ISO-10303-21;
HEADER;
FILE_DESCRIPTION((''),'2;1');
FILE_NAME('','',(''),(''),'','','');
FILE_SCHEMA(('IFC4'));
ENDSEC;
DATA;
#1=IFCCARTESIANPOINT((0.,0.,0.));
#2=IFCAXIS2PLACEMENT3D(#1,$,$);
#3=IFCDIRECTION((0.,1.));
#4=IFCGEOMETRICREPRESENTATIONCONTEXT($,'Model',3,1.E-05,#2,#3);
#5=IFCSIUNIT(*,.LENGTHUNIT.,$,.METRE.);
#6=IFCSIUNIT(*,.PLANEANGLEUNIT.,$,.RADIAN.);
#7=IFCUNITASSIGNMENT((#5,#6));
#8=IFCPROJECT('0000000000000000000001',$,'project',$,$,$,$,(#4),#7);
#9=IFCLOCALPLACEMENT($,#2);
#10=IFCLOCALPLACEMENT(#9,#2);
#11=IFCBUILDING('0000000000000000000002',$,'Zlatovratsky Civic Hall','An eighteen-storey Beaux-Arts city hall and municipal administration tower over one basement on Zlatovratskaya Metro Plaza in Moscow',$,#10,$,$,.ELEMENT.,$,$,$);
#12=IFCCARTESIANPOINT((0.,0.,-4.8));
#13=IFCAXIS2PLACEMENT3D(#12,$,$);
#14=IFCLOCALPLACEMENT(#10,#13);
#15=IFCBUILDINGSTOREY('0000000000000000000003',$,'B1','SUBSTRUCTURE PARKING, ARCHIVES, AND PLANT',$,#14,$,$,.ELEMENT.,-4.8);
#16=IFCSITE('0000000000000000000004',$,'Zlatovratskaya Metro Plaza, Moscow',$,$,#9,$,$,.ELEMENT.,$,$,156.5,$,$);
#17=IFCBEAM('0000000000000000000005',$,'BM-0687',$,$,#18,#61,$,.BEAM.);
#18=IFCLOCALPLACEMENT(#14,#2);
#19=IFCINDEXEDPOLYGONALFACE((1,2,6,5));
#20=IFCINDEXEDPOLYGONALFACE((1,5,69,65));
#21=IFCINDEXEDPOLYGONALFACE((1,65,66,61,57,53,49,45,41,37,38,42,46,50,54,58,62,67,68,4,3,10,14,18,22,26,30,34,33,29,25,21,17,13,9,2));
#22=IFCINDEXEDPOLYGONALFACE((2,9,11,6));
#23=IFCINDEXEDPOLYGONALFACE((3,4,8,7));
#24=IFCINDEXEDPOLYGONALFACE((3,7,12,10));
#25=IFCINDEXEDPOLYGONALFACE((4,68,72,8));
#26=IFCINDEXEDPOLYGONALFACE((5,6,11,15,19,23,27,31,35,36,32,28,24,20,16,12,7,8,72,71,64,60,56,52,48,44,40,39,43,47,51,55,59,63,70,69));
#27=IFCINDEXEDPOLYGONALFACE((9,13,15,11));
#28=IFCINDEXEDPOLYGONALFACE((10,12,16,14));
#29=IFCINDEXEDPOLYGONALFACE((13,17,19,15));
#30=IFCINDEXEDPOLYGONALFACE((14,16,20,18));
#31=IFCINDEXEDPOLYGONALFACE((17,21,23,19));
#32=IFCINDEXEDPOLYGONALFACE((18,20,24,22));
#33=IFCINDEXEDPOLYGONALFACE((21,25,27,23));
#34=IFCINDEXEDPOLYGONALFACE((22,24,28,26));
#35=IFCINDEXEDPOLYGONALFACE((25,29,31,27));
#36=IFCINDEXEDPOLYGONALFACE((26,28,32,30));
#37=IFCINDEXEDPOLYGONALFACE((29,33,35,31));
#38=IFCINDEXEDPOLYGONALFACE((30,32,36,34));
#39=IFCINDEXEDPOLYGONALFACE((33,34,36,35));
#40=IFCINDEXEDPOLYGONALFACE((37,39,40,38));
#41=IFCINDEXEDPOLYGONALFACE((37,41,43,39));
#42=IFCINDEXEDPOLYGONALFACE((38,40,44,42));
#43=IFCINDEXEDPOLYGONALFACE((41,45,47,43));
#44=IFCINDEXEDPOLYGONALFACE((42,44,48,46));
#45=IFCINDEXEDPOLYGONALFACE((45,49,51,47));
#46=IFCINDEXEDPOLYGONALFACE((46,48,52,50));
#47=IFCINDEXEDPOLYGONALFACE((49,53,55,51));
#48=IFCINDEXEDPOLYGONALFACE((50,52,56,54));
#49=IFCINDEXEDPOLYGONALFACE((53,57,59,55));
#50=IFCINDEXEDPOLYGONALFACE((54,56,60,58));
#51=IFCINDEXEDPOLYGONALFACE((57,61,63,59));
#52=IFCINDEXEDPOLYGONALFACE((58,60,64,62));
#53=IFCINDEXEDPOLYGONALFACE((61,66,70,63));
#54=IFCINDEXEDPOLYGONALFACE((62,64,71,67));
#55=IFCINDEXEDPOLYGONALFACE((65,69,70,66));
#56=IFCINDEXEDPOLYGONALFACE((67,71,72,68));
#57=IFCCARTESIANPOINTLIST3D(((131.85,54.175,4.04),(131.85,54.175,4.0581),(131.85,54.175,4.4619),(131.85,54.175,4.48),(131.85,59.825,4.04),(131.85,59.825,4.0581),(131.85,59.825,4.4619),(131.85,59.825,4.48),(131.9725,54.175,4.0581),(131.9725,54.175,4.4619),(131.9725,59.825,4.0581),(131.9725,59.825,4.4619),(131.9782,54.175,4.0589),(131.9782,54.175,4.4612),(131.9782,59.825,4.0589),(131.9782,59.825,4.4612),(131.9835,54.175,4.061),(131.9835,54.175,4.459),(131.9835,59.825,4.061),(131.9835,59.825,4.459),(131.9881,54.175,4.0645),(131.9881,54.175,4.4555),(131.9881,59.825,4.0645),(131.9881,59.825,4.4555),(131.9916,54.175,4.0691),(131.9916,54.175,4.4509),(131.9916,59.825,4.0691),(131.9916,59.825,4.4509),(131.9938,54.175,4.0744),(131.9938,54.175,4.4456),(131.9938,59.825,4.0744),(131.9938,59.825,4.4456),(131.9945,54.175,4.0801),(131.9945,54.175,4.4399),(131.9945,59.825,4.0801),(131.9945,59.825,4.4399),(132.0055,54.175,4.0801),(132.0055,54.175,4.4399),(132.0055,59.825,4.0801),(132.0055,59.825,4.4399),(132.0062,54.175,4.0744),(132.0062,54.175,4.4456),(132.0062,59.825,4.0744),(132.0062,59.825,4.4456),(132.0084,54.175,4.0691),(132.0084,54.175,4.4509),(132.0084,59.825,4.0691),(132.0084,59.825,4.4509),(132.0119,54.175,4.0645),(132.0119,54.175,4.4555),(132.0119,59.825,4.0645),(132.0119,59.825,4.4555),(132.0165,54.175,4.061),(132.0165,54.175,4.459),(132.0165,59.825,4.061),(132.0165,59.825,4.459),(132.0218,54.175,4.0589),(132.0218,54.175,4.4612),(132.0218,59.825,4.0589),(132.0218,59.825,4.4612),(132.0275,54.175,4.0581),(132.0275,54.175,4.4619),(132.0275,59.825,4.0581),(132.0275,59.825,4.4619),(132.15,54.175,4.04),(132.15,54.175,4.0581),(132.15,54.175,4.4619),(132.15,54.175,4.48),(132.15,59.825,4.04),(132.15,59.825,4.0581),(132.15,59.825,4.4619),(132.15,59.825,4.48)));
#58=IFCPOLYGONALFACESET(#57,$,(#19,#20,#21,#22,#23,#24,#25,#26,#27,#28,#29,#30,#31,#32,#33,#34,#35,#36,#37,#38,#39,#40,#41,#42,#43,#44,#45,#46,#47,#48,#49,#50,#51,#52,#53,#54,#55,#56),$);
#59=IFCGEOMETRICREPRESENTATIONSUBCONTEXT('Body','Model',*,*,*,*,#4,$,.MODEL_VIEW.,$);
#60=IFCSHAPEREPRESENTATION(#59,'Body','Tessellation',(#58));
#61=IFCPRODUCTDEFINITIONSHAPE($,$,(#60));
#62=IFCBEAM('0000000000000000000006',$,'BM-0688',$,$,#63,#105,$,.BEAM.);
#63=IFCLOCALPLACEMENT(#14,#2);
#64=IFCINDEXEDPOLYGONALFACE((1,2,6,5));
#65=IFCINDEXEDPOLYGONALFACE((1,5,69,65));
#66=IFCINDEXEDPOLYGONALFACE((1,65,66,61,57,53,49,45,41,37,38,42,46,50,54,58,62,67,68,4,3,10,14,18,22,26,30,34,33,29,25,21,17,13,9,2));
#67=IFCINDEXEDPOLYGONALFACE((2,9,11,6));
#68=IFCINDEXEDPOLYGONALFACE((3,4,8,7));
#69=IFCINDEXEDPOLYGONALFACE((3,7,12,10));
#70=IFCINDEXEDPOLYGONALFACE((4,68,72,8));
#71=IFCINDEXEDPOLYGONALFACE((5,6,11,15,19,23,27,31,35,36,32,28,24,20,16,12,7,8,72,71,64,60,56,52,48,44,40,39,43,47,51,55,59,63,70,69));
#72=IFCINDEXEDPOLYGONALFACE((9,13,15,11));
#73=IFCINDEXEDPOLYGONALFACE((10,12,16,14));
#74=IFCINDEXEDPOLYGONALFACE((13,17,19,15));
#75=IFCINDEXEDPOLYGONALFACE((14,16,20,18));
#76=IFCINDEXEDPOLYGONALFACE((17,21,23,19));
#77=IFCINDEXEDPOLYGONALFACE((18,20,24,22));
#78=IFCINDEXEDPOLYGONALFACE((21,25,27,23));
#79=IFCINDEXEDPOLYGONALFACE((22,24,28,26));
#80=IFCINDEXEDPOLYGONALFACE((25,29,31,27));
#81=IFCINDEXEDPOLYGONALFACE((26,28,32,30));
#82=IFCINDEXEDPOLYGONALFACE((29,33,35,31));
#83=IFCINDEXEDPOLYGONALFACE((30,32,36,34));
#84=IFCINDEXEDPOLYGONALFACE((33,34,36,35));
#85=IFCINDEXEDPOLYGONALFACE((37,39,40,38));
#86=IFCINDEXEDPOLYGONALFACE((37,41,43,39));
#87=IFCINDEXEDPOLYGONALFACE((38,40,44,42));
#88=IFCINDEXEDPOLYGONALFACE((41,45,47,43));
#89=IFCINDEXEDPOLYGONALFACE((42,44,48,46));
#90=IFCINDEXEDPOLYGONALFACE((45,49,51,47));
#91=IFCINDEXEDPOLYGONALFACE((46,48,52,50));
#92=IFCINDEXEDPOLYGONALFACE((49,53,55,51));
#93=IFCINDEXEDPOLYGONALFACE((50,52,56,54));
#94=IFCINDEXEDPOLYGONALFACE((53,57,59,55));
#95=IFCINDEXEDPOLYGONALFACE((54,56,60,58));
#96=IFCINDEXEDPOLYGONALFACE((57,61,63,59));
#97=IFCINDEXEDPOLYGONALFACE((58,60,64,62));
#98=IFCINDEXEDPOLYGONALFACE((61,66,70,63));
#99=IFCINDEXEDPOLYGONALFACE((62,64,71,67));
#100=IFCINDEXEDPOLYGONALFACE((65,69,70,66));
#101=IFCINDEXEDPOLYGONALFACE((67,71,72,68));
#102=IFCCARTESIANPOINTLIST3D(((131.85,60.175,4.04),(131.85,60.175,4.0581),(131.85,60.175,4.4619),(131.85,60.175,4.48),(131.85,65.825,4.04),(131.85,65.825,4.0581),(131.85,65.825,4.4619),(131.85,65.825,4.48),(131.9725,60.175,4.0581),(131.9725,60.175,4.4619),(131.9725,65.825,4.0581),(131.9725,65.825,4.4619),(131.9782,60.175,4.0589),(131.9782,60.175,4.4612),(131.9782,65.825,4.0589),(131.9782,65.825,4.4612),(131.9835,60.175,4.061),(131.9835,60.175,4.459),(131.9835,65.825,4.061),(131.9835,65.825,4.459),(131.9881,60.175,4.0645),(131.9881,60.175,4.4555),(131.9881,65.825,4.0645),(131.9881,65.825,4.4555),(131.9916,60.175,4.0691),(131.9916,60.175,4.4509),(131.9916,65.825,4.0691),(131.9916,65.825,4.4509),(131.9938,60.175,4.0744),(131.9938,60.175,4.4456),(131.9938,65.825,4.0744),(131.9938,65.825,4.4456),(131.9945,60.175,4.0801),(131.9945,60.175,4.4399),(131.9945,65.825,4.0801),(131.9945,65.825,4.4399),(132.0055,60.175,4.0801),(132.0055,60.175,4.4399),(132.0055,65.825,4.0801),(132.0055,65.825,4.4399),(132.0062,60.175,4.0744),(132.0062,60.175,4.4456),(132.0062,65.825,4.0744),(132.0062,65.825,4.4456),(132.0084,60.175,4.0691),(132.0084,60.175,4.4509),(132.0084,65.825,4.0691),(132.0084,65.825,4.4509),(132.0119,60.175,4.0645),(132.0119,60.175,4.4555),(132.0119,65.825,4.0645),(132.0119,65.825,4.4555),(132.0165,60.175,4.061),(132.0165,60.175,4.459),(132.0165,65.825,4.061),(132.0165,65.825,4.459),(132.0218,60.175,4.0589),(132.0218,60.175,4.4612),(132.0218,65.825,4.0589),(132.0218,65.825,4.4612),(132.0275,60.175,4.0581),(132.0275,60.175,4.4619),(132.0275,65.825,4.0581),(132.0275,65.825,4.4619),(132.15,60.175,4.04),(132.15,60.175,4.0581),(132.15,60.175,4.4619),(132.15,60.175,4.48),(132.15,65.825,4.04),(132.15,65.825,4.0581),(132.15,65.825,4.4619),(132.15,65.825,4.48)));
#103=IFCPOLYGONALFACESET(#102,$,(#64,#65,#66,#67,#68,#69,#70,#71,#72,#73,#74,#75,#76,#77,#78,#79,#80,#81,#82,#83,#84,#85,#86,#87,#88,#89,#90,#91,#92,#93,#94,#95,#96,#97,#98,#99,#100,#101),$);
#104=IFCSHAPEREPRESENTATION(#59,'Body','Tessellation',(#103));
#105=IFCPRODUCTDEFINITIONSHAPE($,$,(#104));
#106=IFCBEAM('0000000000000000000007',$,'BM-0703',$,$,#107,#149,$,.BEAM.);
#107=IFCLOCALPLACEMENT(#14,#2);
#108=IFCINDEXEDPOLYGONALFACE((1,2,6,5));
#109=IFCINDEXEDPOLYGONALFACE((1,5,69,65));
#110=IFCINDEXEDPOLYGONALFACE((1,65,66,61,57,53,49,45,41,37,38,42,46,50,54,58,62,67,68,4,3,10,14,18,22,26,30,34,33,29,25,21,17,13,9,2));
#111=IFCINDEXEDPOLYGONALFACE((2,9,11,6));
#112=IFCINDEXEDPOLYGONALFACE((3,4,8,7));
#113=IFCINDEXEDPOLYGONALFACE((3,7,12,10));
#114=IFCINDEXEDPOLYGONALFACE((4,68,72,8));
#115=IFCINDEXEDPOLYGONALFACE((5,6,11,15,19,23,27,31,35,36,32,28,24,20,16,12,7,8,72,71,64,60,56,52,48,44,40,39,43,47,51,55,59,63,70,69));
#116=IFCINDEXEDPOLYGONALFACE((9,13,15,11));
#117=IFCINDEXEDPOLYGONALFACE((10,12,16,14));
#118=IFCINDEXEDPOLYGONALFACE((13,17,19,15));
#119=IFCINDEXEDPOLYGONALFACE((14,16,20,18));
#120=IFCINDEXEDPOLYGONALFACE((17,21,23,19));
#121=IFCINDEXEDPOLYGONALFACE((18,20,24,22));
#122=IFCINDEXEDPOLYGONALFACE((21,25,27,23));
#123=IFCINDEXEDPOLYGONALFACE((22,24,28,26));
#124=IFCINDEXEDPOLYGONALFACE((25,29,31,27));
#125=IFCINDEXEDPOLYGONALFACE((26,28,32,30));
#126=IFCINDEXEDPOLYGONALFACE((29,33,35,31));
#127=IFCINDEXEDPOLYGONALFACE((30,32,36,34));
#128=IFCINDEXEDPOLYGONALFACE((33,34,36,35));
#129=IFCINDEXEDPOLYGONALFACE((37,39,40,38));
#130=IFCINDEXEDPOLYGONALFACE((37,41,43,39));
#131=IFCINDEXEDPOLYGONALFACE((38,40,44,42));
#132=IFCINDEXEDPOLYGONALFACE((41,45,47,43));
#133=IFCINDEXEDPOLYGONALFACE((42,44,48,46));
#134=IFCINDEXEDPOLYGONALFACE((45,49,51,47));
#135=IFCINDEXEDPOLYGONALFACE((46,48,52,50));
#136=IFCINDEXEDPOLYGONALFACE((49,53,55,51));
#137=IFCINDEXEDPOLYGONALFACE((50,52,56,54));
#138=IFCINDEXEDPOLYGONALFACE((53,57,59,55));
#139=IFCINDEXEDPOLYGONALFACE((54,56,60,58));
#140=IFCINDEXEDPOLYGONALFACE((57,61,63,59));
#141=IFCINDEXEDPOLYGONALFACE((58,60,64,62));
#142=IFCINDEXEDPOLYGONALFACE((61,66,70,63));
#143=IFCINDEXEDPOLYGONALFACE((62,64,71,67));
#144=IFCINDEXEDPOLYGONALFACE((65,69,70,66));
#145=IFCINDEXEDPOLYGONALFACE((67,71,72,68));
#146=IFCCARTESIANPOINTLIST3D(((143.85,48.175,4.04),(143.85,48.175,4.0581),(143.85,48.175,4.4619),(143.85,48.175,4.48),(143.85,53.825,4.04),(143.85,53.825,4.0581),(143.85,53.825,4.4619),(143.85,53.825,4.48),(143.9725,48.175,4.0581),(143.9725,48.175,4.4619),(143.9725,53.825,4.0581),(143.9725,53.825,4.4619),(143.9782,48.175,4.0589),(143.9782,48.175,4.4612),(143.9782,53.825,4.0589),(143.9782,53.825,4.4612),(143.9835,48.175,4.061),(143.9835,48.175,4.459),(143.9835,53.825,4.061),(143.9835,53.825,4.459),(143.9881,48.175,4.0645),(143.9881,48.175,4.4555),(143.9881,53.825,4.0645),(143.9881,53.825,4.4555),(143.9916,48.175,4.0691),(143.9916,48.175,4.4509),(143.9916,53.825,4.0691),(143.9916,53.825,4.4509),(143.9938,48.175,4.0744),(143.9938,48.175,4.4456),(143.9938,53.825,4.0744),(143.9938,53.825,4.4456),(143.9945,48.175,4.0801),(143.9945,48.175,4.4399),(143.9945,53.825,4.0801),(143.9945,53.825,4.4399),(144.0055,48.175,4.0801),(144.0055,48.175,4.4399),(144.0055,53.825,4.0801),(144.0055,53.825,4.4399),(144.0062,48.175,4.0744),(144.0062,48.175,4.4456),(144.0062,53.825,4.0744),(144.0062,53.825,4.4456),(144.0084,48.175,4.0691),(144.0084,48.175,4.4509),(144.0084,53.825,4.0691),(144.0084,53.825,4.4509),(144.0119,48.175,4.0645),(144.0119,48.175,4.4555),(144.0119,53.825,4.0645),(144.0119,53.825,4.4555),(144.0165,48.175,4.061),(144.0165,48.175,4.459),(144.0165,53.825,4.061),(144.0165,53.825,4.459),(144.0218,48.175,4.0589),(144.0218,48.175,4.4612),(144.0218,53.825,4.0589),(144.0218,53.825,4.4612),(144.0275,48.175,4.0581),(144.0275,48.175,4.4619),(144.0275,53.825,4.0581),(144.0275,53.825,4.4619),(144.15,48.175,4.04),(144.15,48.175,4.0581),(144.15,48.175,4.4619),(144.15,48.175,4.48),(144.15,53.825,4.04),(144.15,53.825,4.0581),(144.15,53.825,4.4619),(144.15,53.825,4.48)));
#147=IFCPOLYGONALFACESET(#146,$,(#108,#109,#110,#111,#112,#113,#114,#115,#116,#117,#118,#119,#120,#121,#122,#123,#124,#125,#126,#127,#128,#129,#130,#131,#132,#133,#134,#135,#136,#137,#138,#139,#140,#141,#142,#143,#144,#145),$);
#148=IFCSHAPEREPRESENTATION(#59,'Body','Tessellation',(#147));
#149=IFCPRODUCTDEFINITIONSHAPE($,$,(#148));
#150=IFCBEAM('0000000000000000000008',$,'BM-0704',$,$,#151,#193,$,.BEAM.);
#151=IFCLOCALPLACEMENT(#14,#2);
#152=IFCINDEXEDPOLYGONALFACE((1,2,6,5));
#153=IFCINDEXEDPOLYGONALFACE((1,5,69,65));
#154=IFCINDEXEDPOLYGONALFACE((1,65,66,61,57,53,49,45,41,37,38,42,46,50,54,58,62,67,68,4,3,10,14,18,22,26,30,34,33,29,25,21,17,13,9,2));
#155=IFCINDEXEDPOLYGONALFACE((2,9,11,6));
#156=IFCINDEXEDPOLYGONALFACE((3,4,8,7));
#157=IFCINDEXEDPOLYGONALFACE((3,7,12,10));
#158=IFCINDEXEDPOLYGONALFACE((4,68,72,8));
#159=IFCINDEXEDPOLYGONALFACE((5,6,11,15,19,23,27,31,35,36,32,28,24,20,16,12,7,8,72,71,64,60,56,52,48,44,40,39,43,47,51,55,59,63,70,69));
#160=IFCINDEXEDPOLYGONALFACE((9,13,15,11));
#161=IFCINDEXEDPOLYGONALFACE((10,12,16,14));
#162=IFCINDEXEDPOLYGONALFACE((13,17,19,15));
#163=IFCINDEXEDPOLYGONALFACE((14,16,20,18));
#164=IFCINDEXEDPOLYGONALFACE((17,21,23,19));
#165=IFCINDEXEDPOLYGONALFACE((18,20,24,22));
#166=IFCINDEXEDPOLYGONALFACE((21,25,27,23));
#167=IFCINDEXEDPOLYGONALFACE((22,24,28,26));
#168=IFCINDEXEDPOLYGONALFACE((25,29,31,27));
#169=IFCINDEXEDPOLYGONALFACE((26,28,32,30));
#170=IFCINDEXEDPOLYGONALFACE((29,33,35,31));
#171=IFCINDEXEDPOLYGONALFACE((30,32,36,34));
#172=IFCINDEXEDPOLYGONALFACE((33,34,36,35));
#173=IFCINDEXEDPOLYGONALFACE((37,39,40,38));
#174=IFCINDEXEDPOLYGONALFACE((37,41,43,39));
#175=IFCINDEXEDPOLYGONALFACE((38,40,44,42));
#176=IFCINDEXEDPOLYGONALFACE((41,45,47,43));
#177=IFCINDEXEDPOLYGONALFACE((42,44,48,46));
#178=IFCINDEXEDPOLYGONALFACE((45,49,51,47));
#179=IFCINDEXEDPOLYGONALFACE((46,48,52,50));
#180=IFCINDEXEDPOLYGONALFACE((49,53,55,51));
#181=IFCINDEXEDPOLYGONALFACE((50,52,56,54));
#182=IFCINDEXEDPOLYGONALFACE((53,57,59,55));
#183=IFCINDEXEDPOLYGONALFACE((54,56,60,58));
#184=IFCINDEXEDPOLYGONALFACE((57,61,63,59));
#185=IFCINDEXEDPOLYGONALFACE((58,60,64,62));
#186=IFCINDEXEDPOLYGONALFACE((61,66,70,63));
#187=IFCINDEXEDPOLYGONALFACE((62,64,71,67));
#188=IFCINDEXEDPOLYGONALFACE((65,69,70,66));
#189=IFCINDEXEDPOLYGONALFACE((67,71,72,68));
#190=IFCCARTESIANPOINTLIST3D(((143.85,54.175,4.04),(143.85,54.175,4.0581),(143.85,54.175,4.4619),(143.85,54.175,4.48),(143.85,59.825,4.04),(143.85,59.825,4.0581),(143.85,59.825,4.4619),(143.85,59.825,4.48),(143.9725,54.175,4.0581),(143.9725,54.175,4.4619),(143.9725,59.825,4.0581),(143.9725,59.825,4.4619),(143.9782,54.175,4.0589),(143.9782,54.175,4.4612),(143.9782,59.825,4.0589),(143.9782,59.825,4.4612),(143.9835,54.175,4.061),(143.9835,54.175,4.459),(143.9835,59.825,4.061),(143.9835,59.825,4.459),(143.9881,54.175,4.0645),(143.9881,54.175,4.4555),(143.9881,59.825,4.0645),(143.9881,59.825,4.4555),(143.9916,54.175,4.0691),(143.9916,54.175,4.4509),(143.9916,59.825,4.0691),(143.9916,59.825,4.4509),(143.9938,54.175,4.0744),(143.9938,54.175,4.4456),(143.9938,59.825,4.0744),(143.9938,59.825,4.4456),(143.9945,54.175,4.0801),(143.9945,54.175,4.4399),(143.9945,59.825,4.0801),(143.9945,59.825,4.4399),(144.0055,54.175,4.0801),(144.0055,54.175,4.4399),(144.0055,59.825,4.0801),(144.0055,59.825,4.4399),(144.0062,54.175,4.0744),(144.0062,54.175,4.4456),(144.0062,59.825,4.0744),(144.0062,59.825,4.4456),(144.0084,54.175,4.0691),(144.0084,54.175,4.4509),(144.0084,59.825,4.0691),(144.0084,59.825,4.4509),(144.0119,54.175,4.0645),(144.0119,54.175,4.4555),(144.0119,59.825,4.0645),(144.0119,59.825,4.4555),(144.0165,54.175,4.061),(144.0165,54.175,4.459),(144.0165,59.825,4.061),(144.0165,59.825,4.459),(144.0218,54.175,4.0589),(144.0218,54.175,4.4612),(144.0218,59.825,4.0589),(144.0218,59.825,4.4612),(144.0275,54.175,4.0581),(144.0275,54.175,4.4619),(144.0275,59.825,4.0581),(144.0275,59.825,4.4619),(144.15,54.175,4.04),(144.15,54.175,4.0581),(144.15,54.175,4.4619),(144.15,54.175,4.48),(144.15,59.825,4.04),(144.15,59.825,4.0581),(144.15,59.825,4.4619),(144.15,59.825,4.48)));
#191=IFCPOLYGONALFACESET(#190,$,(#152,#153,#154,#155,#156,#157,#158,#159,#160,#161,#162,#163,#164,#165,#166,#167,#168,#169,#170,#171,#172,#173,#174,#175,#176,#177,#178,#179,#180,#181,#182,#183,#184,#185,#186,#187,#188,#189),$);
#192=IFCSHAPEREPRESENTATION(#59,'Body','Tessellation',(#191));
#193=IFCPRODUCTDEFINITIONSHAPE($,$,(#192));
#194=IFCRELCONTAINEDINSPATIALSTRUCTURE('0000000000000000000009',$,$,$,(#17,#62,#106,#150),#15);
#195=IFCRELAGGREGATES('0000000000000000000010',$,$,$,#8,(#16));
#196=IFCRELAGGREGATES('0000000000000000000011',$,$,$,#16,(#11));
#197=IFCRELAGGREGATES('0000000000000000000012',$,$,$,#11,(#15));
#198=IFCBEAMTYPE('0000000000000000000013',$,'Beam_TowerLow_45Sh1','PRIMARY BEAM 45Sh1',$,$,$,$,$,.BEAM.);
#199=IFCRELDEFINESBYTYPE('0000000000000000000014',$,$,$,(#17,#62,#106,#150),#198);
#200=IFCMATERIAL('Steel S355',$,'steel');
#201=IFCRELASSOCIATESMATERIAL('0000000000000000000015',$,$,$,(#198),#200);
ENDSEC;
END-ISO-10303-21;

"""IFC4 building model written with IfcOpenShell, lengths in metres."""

from ifc_helpers import new_model, si_unit, direction, frame, origin, origin_2d, place, context, subcontext, project, spatial, i_section, extrude, material, material_profile, profile_set, type_object, element, save


model = new_model("IFC4")

# Units and contexts
model_context = context("Model", 3, precision=1e-05, world=origin(), true_north=direction((0.0, 1.0)))
body_context = subcontext(model_context, "Body", "Model", "MODEL_VIEW")
ifc_project = project(units=[si_unit("LENGTHUNIT", "METRE"), si_unit("PLANEANGLEUNIT", "RADIAN")], contexts=[model_context])

# Site, building, storey
site_placement = place(None, origin())
site = spatial("IfcSite", under=ifc_project, at=site_placement, Name="Zlatovratskaya Metro Plaza, Moscow", CompositionType="ELEMENT", RefElevation=156.5)
building_placement = place(site_placement, origin())
building = spatial("IfcBuilding", under=site, at=building_placement, Name="Zlatovratsky Civic Hall", Description="An eighteen-storey Beaux-Arts city hall and municipal administration tower over one basement on Zlatovratskaya Metro Plaza in Moscow", CompositionType="ELEMENT")
storey_placement = place(building_placement, frame((0.0, 0.0, -4.8)))
storey = spatial("IfcBuildingStorey", under=building, at=storey_placement, Name="B1", Description="SUBSTRUCTURE PARKING, ARCHIVES, AND PLANT", CompositionType="ELEMENT", Elevation=-4.8)

# Shared definitions
ifc_material_1 = material(Name="Steel S355", Category="steel")

# Beams
ifc_material_profile_1 = material_profile(ifc_material_1, i_section(OverallWidth=0.3, OverallDepth=0.4399, WebThickness=0.011, FlangeThickness=0.0181, FilletRadius=0.022, at=origin_2d()), Name="45Sh1")
ifc_profile_set_1 = profile_set([ifc_material_profile_1], Name="Steel S355")
beam_type_1 = type_object("IfcBeamType", Name="Beam_TowerLow_45Sh1", Description="PRIMARY BEAM 45Sh1", PredefinedType="BEAM", material=ifc_profile_set_1)
for number, where, z_axis, x_axis, name in (
    (1, (132.0, 54.175, 4.26), (0.0, 1.0, 0.0), (-1.0, 0.0, 0.0), "BM-0687"),
    (2, (132.0, 60.175, 4.26), (0.0, 1.0, 0.0), (-1.0, 0.0, 0.0), "BM-0688"),
    (3, (144.0, 48.175, 4.26), (0.0, 1.0, 0.0), (-1.0, 0.0, 0.0), "BM-0703"),
    (4, (144.0, 54.175, 4.26), (0.0, 1.0, 0.0), (-1.0, 0.0, 0.0), "BM-0704"),
):
    element("IfcBeam", number, at=place(storey_placement, frame(where, z_axis=z_axis, x_axis=x_axis)), inside=storey, type_object=beam_type_1, Name=name, PredefinedType="BEAM", context=body_context, shape_type="SweptSolid", body=[
        extrude(i_section(OverallWidth=0.3, OverallDepth=0.4399, WebThickness=0.011, FlangeThickness=0.0181, FilletRadius=0.022, at=origin_2d()), origin(), (0.0, 0.0, 1.0), 5.6499),
    ])

save(model, "model.ifc")
